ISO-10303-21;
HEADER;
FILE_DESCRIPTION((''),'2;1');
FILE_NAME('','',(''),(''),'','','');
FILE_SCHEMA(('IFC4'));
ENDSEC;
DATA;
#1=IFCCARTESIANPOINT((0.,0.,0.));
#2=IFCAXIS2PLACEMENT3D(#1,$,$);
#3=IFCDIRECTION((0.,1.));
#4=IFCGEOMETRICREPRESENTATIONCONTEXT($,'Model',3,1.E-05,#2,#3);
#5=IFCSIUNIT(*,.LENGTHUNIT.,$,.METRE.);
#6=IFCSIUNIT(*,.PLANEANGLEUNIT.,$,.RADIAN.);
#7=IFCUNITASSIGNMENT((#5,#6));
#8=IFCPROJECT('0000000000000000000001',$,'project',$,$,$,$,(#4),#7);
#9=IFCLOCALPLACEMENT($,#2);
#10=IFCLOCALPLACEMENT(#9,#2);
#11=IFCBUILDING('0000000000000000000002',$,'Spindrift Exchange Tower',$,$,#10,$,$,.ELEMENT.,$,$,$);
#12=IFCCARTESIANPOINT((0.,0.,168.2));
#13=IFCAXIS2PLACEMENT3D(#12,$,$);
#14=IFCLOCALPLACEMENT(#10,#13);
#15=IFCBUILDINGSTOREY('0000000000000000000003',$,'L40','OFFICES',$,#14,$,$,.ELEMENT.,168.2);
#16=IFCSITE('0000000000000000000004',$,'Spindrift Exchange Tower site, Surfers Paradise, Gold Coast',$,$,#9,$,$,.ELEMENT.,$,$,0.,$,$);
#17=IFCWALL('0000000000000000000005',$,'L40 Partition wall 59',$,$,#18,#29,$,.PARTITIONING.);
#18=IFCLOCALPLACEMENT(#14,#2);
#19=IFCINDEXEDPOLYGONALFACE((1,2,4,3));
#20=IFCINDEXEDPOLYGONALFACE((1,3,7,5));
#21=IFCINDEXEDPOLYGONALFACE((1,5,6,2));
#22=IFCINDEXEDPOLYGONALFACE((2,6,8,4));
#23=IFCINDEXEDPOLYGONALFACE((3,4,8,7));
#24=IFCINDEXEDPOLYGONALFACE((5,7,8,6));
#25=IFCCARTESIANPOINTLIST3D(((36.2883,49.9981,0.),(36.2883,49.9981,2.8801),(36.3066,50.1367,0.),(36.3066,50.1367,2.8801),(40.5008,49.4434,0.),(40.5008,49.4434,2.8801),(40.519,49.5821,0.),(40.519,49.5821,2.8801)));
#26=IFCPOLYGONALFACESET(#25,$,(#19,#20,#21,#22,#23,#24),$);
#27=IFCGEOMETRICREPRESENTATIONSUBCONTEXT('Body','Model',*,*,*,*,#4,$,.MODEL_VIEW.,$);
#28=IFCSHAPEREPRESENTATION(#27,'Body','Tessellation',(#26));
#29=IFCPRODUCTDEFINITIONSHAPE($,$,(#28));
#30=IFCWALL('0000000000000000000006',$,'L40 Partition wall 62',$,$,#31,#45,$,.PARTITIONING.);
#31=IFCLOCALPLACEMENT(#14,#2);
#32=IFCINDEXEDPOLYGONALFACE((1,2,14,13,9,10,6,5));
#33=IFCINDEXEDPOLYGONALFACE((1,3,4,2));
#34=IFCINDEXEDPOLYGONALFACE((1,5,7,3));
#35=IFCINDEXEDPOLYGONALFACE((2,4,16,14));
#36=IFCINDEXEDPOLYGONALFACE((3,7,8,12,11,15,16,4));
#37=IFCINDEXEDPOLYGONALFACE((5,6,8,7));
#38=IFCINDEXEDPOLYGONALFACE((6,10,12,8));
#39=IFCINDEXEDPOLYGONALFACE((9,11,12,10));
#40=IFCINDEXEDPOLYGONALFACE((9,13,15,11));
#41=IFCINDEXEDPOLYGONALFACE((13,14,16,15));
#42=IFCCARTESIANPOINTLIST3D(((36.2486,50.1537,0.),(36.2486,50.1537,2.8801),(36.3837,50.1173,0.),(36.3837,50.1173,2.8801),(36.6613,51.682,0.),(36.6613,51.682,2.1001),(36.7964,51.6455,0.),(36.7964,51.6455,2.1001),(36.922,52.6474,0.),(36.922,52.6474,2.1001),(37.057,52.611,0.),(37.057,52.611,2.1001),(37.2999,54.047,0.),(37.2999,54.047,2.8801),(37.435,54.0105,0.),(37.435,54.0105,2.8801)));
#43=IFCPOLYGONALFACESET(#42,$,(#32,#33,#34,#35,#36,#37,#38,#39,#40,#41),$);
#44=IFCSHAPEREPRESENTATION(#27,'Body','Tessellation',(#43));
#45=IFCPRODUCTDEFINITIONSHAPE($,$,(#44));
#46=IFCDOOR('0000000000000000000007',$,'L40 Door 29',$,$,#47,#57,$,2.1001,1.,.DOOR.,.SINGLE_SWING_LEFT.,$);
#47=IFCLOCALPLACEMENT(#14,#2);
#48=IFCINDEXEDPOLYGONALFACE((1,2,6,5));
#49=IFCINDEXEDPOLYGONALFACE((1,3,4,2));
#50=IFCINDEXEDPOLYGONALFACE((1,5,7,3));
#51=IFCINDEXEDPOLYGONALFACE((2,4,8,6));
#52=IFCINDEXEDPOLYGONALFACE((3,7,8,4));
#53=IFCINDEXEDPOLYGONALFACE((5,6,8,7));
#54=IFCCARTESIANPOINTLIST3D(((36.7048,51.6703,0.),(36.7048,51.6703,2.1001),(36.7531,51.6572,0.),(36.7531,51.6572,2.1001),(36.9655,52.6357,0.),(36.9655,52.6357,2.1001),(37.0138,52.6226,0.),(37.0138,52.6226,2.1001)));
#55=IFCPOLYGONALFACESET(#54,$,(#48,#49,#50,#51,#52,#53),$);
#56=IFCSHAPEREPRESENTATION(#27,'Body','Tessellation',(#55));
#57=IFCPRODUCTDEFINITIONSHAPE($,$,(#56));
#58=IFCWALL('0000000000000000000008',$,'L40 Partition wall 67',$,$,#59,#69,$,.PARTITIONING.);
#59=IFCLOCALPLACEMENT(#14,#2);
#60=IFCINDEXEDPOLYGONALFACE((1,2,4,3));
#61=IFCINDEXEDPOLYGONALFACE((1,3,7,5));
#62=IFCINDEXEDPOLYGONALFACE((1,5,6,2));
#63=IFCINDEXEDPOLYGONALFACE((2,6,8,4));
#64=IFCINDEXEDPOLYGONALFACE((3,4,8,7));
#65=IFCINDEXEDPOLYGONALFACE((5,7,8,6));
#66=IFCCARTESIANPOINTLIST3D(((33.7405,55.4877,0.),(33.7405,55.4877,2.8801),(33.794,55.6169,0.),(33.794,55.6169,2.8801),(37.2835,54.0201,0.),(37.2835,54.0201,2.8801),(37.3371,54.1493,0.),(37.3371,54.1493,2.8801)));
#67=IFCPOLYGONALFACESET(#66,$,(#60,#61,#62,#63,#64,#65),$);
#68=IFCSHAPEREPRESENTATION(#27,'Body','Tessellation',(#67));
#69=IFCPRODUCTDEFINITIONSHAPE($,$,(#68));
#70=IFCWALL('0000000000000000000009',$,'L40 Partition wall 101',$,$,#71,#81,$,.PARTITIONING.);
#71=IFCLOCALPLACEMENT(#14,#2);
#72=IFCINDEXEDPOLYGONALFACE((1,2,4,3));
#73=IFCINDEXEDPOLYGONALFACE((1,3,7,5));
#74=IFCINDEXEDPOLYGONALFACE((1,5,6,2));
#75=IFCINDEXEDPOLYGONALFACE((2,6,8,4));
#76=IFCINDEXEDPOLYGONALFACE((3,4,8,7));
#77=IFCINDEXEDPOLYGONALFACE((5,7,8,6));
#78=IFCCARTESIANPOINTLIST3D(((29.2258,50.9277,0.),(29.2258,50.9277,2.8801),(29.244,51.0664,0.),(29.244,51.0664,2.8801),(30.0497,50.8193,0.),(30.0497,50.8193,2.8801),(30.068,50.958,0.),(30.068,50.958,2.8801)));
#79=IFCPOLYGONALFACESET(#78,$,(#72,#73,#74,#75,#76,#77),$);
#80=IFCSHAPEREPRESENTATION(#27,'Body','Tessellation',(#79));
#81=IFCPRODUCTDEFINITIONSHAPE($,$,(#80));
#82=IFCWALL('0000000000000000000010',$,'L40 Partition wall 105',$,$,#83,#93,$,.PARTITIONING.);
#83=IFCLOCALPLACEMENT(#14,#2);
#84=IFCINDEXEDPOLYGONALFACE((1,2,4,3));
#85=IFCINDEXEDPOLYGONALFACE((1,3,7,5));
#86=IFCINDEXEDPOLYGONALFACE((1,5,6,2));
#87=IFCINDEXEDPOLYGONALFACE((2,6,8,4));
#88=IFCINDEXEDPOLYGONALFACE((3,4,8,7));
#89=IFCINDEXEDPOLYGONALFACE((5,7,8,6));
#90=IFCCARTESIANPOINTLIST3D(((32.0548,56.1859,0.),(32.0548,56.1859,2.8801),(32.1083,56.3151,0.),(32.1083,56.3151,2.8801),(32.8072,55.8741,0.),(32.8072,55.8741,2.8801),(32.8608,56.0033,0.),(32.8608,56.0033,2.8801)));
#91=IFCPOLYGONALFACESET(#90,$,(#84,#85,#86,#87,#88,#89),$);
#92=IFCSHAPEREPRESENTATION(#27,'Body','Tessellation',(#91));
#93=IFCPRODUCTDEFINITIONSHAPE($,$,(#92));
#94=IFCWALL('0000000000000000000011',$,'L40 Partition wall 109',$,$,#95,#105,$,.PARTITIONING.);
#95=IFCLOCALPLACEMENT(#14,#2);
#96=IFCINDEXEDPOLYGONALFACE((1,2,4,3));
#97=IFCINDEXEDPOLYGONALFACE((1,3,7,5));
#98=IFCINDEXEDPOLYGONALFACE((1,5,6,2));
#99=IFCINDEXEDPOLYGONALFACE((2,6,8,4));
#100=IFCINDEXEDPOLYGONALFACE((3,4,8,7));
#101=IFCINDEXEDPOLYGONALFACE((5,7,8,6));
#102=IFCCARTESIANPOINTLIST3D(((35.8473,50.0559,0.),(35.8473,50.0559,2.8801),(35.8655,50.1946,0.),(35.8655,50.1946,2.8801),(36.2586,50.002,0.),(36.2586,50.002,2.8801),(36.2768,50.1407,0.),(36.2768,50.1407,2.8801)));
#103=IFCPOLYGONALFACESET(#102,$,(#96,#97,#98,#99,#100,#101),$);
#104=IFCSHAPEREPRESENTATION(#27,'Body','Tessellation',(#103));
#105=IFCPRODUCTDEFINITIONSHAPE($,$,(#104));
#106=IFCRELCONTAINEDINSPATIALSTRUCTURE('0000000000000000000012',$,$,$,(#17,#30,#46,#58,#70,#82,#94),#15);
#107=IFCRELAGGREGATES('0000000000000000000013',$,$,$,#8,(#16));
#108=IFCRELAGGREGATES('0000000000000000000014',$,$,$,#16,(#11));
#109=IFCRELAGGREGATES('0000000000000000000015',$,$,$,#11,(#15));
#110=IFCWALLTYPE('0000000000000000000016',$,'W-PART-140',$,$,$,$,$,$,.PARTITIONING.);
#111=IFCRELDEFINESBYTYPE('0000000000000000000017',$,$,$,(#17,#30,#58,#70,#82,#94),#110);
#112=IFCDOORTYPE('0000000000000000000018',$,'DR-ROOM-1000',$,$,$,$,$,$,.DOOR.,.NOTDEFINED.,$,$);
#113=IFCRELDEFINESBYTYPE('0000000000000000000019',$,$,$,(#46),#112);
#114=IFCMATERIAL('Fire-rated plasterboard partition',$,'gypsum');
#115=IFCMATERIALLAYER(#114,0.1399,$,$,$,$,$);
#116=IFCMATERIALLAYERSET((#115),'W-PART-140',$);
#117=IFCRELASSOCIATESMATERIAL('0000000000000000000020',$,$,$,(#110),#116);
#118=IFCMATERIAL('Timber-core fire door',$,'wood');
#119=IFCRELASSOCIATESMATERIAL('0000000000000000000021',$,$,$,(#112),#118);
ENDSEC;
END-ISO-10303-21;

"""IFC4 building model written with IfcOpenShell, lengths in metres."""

from ifc_helpers import new_model, si_unit, direction, frame, frame_2d, origin, place, context, subcontext, project, spatial, rectangle, extrude, source, transform, mapped, material, layer, layer_set, type_object, element, fill, save


model = new_model("IFC4")

# Units and contexts
model_context = context("Model", 3, precision=1e-05, world=origin(), true_north=direction((0.0, 1.0)))
body_context = subcontext(model_context, "Body", "Model", "MODEL_VIEW")
ifc_project = project(units=[si_unit("LENGTHUNIT", "METRE"), si_unit("PLANEANGLEUNIT", "RADIAN")], contexts=[model_context])

# Site, building, storey
site_placement = place(None, origin())
site = spatial("IfcSite", under=ifc_project, at=site_placement, Name="Spindrift Exchange Tower site, Surfers Paradise, Gold Coast", CompositionType="ELEMENT", RefElevation=0.0)
building_placement = place(site_placement, origin())
building = spatial("IfcBuilding", under=site, at=building_placement, Name="Spindrift Exchange Tower", CompositionType="ELEMENT")
storey_placement = place(building_placement, frame((0.0, 0.0, 168.2)))
storey = spatial("IfcBuildingStorey", under=building, at=storey_placement, Name="L40", Description="OFFICES", CompositionType="ELEMENT", Elevation=168.2)

# Shared definitions
ifc_material_1 = material(Name="Fire-rated plasterboard partition", Category="gypsum")
ifc_layer_1 = layer(ifc_material_1, 0.1399)
ifc_layer_set_1 = layer_set([ifc_layer_1], Name="W-PART-140")
wall_type = type_object("IfcWallType", Name="W-PART-140", PredefinedType="PARTITIONING", material=ifc_layer_set_1)

# Shared definitions
ifc_material_2 = material(Name="Timber-core fire door", Category="wood")
door_type = type_object("IfcDoorType", Name="DR-ROOM-1000", OperationType="NOTDEFINED", PredefinedType="DOOR", material=ifc_material_2)
shared_shape_1 = source(origin(), body_context, "Body", "SweptSolid", [
    extrude(rectangle(XDim=1.0, YDim=2.1001, at=frame_2d((0.5, 1.05))), frame((0.0, 0.0249, 0.0), z_axis=(0.0, -1.0, 0.0), x_axis=(1.0, 0.0, 0.0)), (0.0, 0.0, 1.0), 0.05),
])

# Wall
wall_1_placement = place(storey_placement, frame((40.51, 49.5127, 0.0), z_axis=(0.0, 0.0, 1.0), x_axis=(-0.991441, 0.130553, 0.0)))
element("IfcWall", 1, at=wall_1_placement, inside=storey, type_object=wall_type, Name="L40 Partition wall 59", PredefinedType="PARTITIONING", context=body_context, shape_type="SweptSolid", body=[
    extrude(rectangle(XDim=4.2488, YDim=0.1399, at=frame_2d((2.1245, 0.0))), origin(), (0.0, 0.0, 1.0), 2.8801),
])

# Wall, opening, door
wall_2_placement = place(storey_placement, frame((36.3162, 50.1355, 0.0), z_axis=(0.0, 0.0, 1.0), x_axis=(0.260683, 0.965424, 0.0)))
wall_2 = element("IfcWall", 2, at=wall_2_placement, inside=storey, type_object=wall_type, Name="L40 Partition wall 62", PredefinedType="PARTITIONING", context=body_context, shape_type="SweptSolid", body=[
    extrude(rectangle(XDim=4.0327, YDim=0.1399, at=frame_2d((2.0164, 0.0))), origin(), (0.0, 0.0, 1.0), 2.8801),
])
opening_1_placement = place(wall_2_placement, frame((1.583, 0.0, 0.0)))
opening_1 = element("IfcOpeningElement", 3, at=opening_1_placement, cuts=wall_2, PredefinedType="OPENING", context=body_context, shape_type="SweptSolid", body=[
    extrude(rectangle(XDim=1.0, YDim=2.1001, at=frame_2d((0.5, 1.05))), frame((0.0, 0.0798, 0.0), z_axis=(0.0, -1.0, 0.0), x_axis=(1.0, 0.0, 0.0)), (0.0, 0.0, 1.0), 0.1599),
])
door_1_placement = place(opening_1_placement, origin())
door_1 = element("IfcDoor", 4, at=door_1_placement, inside=storey, type_object=door_type, Name="L40 Door 29", OperationType="SINGLE_SWING_LEFT", OverallHeight=2.1001, OverallWidth=1.0, PredefinedType="DOOR", context=body_context, shape_type="MappedRepresentation", body=[
    mapped(shared_shape_1, transform((0.0, 0.0, 0.0), scale=1.0)),
])
fill(opening_1, door_1)

# Walls
wall_3_placement = place(storey_placement, frame((37.3103, 54.0847, 0.0), z_axis=(0.0, 0.0, 1.0), x_axis=(-0.923881, 0.38268, 0.0)))
element("IfcWall", 5, at=wall_3_placement, inside=storey, type_object=wall_type, Name="L40 Partition wall 67", PredefinedType="PARTITIONING", context=body_context, shape_type="SweptSolid", body=[
    extrude(rectangle(XDim=3.835, YDim=0.1399, at=frame_2d((1.9175, 0.0))), origin(), (0.0, 0.0, 1.0), 2.8801),
])
wall_4_placement = place(storey_placement, frame((30.0588, 50.8887, 0.0), z_axis=(0.0, 0.0, 1.0), x_axis=(-0.991457, 0.130432, 0.0)))
element("IfcWall", 6, at=wall_4_placement, inside=storey, type_object=wall_type, Name="L40 Partition wall 101", PredefinedType="PARTITIONING", context=body_context, shape_type="SweptSolid", body=[
    extrude(rectangle(XDim=0.8311, YDim=0.1399, at=frame_2d((0.4155, 0.0))), origin(), (0.0, 0.0, 1.0), 2.8801),
])
wall_5_placement = place(storey_placement, frame((32.834, 55.9387, 0.0), z_axis=(0.0, 0.0, 1.0), x_axis=(-0.923838, 0.382784, 0.0)))
element("IfcWall", 7, at=wall_5_placement, inside=storey, type_object=wall_type, Name="L40 Partition wall 105", PredefinedType="PARTITIONING", context=body_context, shape_type="SweptSolid", body=[
    extrude(rectangle(XDim=0.8145, YDim=0.1399, at=frame_2d((0.4072, 0.0))), origin(), (0.0, 0.0, 1.0), 2.8801),
])
wall_6_placement = place(storey_placement, frame((36.2678, 50.0713, 0.0), z_axis=(0.0, 0.0, 1.0), x_axis=(-0.991508, 0.130044, 0.0)))
element("IfcWall", 8, at=wall_6_placement, inside=storey, type_object=wall_type, Name="L40 Partition wall 109", PredefinedType="PARTITIONING", context=body_context, shape_type="SweptSolid", body=[
    extrude(rectangle(XDim=0.4148, YDim=0.1399, at=frame_2d((0.2075, 0.0))), origin(), (0.0, 0.0, 1.0), 2.8801),
])

save(model, "model.ifc")
